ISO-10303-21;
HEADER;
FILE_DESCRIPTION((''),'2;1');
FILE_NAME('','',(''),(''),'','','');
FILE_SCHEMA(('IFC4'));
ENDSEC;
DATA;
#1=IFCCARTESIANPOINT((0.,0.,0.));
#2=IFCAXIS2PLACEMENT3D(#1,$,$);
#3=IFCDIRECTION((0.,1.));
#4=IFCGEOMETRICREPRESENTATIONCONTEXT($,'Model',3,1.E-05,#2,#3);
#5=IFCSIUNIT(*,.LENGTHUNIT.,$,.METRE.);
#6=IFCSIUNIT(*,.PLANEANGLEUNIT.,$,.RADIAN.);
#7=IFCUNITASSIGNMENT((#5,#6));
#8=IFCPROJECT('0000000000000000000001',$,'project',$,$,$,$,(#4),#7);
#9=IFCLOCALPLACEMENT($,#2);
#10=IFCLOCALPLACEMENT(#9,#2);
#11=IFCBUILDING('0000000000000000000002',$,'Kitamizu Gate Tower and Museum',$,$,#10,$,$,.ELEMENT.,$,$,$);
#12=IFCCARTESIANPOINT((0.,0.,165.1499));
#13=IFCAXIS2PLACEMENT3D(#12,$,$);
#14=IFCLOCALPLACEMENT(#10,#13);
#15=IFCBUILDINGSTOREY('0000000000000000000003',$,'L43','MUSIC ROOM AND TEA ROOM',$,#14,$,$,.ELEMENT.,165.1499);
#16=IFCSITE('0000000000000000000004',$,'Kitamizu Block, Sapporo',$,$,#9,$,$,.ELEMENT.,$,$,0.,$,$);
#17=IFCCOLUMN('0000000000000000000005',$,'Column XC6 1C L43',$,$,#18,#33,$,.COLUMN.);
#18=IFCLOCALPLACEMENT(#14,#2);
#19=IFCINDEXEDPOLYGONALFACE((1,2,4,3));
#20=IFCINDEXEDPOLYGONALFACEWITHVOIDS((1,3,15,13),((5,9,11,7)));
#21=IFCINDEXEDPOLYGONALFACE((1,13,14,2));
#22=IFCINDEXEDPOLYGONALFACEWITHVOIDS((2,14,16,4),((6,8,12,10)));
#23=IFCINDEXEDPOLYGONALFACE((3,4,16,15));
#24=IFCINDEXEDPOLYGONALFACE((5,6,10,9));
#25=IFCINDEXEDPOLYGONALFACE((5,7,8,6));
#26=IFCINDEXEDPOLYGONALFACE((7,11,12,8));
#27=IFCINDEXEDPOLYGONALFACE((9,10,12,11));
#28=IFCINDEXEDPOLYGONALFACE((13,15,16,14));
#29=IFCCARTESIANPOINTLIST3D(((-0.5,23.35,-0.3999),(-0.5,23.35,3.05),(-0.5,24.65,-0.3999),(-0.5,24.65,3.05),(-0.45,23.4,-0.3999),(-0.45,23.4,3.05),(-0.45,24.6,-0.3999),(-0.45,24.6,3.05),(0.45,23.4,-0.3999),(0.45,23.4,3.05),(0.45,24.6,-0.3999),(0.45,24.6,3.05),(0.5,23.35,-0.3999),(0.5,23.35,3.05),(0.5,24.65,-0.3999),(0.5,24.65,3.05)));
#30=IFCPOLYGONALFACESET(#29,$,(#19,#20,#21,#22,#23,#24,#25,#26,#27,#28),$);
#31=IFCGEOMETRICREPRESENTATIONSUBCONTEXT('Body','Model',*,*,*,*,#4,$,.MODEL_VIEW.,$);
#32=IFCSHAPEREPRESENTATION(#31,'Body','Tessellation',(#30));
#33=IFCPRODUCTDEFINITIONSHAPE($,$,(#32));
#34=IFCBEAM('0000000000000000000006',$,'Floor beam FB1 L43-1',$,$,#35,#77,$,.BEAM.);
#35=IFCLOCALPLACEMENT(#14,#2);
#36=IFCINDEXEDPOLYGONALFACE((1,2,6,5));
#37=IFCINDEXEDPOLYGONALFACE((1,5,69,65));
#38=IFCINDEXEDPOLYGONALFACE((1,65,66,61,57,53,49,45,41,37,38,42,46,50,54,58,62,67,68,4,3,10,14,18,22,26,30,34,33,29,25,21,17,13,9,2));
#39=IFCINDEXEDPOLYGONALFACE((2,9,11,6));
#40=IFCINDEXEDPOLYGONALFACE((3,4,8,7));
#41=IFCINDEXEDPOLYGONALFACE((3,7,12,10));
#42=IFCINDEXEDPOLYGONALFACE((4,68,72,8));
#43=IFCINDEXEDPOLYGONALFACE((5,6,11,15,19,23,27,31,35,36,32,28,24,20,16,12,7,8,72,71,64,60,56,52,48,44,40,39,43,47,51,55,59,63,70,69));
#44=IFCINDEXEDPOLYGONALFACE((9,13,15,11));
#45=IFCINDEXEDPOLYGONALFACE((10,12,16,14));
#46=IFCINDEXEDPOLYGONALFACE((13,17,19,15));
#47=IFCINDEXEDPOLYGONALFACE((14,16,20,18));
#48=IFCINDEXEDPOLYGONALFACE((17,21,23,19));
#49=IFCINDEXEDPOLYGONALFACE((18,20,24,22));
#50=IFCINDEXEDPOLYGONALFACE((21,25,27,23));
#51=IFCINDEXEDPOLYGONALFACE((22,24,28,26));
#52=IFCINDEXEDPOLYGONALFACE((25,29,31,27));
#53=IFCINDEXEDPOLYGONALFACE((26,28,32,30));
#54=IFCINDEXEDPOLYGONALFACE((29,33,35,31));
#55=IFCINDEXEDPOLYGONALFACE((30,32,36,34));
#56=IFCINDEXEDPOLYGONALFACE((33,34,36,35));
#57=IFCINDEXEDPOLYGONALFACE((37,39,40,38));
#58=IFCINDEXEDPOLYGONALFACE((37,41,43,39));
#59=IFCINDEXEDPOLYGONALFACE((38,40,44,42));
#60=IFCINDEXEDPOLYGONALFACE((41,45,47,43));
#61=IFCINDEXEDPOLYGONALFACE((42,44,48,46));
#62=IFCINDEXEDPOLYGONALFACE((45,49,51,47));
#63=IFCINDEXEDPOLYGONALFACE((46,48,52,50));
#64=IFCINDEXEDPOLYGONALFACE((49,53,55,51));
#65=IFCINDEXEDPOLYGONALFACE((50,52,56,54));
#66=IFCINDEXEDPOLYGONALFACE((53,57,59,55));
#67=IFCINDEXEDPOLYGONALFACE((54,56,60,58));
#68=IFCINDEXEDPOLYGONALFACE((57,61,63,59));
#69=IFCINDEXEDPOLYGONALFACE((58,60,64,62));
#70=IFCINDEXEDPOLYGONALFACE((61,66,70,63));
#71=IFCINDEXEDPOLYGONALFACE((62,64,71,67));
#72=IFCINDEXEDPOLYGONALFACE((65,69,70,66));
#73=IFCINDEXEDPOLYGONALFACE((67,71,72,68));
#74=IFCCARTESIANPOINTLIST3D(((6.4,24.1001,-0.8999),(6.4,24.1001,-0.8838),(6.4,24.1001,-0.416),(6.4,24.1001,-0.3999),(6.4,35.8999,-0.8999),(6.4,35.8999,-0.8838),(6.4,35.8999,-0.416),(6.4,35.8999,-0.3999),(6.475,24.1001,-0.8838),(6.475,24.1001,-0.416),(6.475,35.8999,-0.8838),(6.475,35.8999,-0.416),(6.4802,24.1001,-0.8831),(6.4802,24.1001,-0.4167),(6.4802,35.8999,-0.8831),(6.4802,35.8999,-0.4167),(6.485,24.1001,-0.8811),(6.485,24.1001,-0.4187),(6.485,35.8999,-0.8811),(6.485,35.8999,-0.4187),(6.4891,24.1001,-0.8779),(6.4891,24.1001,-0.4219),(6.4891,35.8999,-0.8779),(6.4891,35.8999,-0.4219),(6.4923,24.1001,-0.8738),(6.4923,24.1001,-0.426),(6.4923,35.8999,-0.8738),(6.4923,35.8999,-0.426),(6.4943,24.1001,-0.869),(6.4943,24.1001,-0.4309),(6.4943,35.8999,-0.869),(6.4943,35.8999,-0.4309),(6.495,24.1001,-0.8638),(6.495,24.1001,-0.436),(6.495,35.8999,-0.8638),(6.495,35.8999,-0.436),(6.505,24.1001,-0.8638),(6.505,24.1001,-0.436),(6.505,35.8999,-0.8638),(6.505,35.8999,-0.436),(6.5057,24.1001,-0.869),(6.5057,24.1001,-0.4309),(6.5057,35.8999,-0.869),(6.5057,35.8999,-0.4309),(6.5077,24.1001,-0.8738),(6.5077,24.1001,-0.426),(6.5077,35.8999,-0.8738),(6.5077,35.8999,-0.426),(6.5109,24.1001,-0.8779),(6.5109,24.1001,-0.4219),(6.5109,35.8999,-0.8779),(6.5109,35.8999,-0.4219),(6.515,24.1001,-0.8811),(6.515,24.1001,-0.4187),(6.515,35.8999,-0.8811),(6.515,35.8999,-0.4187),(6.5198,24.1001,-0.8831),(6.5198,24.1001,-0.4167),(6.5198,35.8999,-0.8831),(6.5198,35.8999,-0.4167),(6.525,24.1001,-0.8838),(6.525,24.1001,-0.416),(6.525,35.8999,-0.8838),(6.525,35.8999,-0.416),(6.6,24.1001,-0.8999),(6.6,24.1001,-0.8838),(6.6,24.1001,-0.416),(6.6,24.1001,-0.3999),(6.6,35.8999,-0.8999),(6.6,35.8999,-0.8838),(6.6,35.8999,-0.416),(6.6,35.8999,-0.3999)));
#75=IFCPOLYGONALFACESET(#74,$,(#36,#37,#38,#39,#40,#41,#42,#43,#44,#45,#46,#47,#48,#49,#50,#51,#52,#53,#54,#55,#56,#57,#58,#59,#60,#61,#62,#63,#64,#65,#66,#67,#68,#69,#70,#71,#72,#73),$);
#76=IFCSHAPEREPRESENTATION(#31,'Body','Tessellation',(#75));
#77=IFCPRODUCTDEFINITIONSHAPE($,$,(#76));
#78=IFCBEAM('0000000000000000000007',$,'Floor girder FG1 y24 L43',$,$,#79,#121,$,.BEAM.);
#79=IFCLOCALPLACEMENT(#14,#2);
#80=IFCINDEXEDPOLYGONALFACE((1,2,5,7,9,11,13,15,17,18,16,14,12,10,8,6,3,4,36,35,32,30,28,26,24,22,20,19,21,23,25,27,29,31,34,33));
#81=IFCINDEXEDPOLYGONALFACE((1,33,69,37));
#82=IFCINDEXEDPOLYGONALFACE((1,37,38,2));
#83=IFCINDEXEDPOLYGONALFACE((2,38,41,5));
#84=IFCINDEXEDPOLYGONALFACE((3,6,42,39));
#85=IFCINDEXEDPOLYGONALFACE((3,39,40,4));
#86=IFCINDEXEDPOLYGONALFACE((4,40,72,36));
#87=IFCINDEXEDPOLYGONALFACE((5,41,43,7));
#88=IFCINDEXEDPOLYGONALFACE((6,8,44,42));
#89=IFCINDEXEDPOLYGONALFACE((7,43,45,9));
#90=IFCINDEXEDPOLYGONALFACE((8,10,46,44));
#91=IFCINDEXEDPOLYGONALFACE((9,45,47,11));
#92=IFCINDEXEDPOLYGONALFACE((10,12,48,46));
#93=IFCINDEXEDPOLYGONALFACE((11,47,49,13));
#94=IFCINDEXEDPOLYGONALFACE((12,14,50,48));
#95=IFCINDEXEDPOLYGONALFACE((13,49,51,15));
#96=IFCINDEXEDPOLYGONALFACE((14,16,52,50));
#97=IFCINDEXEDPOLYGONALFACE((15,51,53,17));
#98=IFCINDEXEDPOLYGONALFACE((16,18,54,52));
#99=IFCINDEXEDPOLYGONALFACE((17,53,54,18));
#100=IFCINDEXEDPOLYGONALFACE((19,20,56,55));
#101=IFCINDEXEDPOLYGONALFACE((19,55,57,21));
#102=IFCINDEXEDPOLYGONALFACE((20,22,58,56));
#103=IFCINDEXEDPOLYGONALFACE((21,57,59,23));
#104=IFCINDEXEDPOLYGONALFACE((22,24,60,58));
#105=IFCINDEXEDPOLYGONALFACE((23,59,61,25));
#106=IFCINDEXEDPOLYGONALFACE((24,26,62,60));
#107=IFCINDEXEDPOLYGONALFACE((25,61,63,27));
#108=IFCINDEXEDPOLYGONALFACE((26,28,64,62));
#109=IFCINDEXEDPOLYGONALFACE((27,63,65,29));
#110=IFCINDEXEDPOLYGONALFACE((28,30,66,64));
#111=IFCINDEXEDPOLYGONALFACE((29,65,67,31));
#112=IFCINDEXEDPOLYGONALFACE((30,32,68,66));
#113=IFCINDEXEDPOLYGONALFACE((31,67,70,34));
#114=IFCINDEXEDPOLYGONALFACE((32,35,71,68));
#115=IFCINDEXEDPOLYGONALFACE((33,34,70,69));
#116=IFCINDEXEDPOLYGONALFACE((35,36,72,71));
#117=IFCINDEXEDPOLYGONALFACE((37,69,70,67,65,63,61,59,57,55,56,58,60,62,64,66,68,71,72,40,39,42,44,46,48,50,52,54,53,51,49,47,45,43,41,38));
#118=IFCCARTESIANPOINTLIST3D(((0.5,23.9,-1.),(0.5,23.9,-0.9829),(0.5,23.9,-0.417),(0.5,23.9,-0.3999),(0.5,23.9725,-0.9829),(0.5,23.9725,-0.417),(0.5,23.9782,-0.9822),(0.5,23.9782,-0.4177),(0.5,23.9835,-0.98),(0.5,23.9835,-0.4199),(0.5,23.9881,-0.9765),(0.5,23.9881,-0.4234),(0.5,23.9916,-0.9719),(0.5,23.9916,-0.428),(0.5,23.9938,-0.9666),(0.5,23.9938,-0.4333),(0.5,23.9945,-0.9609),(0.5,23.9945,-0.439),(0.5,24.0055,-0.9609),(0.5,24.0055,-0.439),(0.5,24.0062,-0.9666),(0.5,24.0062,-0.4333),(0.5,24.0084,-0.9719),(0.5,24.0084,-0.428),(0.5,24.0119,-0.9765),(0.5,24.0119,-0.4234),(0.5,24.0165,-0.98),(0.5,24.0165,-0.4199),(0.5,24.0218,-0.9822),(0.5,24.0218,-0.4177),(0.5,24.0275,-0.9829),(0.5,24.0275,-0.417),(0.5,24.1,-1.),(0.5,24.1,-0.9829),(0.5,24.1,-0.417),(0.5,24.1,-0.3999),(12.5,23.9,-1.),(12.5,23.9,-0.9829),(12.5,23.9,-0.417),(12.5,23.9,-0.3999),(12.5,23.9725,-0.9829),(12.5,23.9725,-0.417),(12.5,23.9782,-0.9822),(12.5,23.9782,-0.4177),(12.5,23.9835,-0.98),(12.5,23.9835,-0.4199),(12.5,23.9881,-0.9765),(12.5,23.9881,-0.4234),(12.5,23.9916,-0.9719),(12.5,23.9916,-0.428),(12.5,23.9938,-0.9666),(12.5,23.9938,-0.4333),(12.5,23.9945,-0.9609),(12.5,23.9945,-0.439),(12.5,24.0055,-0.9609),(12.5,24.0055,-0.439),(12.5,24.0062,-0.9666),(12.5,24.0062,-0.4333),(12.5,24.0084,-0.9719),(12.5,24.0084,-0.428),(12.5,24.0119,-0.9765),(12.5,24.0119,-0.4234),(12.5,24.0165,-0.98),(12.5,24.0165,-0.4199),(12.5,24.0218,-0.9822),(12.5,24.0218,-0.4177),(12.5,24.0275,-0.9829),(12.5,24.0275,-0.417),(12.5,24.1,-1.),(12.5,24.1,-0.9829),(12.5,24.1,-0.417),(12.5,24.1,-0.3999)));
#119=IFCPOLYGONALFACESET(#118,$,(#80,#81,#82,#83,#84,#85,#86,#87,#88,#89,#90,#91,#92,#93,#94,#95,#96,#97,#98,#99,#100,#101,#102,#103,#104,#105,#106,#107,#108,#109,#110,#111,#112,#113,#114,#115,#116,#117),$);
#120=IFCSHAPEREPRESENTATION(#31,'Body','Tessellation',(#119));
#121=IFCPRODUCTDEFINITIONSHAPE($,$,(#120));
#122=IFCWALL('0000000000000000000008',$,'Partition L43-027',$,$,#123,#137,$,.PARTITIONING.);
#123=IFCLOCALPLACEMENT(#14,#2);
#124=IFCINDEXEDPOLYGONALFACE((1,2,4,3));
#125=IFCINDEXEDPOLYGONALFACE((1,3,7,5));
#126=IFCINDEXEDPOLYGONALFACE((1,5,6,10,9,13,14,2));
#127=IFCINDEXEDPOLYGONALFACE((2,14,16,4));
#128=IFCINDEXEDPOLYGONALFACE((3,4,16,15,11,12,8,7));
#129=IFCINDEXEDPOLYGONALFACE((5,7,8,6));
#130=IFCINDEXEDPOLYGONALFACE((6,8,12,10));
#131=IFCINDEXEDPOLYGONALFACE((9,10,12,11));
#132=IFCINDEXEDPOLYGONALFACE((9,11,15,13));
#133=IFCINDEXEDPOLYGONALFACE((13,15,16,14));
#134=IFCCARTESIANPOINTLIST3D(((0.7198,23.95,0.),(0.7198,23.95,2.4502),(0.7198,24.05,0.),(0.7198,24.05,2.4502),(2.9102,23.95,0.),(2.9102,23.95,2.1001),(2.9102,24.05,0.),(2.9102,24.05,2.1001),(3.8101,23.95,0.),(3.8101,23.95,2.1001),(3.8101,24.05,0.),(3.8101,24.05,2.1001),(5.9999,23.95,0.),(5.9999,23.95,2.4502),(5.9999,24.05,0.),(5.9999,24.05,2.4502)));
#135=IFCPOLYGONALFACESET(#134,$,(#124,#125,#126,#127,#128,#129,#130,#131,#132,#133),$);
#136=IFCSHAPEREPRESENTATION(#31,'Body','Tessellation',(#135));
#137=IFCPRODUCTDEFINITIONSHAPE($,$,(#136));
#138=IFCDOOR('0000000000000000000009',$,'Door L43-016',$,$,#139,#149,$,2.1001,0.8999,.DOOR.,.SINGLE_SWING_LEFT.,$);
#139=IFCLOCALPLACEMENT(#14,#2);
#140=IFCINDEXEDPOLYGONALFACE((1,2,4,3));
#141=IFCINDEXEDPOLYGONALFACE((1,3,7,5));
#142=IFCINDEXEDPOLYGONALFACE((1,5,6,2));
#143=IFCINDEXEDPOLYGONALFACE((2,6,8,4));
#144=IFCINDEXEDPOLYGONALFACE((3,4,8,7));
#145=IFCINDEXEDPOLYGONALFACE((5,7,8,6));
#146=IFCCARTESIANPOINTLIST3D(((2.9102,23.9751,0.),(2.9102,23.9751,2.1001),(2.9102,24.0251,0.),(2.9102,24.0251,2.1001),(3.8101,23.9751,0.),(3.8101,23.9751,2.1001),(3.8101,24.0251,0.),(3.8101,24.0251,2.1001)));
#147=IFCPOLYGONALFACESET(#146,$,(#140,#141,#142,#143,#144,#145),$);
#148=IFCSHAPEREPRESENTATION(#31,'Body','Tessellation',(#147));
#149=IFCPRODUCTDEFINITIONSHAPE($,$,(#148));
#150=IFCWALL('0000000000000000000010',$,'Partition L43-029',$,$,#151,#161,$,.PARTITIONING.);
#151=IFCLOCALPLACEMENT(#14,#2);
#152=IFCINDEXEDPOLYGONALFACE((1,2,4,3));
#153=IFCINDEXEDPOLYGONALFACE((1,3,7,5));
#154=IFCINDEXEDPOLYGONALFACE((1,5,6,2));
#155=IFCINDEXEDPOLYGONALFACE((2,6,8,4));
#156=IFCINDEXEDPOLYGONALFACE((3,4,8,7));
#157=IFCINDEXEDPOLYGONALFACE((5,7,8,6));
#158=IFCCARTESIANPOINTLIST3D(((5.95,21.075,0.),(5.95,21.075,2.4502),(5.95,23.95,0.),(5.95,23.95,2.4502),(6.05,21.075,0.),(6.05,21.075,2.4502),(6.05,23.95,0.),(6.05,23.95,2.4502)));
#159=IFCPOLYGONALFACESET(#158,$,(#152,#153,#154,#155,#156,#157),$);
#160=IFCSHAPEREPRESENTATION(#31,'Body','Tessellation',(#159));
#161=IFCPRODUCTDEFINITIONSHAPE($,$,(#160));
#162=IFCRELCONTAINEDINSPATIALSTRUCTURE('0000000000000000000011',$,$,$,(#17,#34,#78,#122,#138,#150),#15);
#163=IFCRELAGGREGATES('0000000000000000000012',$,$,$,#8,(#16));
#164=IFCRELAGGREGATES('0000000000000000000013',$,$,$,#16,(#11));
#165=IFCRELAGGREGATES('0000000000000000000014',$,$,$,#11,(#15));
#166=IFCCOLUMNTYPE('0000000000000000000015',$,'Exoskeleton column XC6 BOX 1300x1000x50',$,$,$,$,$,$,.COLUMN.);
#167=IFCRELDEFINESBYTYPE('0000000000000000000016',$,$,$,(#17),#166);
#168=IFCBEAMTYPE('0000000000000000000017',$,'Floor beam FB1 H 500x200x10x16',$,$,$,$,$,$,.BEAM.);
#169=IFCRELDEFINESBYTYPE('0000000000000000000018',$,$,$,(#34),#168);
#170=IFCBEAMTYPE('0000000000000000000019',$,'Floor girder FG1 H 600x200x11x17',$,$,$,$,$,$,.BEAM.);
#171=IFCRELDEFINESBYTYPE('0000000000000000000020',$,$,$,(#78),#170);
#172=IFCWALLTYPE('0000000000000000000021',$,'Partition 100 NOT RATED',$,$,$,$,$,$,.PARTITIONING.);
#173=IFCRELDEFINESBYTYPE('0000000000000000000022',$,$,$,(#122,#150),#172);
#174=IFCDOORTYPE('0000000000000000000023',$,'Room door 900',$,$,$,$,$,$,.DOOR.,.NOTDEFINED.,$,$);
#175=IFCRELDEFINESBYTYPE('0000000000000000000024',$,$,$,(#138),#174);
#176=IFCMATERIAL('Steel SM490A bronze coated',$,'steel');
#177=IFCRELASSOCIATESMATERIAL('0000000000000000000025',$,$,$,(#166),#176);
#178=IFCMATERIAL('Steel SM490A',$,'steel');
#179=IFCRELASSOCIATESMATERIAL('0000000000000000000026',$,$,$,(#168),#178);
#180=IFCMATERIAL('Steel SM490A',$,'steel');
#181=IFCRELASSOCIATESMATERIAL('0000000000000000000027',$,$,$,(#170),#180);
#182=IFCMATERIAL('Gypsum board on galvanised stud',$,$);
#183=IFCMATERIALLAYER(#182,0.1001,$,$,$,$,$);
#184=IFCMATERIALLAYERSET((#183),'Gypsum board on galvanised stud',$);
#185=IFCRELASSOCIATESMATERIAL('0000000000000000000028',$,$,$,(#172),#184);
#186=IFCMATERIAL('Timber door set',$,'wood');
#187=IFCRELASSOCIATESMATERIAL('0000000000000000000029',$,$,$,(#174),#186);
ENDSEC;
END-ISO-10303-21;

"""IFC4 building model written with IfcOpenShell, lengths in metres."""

from ifc_helpers import new_model, si_unit, direction, frame, frame_2d, origin, origin_2d, place, context, subcontext, project, spatial, rectangle, hollow_rectangle, i_section, extrude, material, layer, layer_set, material_profile, profile_set, type_object, element, fill, save


model = new_model("IFC4")

# Units and contexts
model_context = context("Model", 3, precision=1e-05, world=origin(), true_north=direction((0.0, 1.0)))
body_context = subcontext(model_context, "Body", "Model", "MODEL_VIEW")
ifc_project = project(units=[si_unit("LENGTHUNIT", "METRE"), si_unit("PLANEANGLEUNIT", "RADIAN")], contexts=[model_context])

# Site, building, storey
site_placement = place(None, origin())
site = spatial("IfcSite", under=ifc_project, at=site_placement, Name="Kitamizu Block, Sapporo", CompositionType="ELEMENT", RefElevation=0.0)
building_placement = place(site_placement, origin())
building = spatial("IfcBuilding", under=site, at=building_placement, Name="Kitamizu Gate Tower and Museum", CompositionType="ELEMENT")
storey_placement = place(building_placement, frame((0.0, 0.0, 165.1499)))
storey = spatial("IfcBuildingStorey", under=building, at=storey_placement, Name="L43", Description="MUSIC ROOM AND TEA ROOM", CompositionType="ELEMENT", Elevation=165.1499)

# Column
ifc_material_1 = material(Name="Steel SM490A bronze coated", Category="steel")
ifc_material_profile_1 = material_profile(ifc_material_1, hollow_rectangle(XDim=1.3, YDim=1.0, WallThickness=0.05, at=origin_2d()), Name="BOX 1300x1000x50")
ifc_profile_set_1 = profile_set([ifc_material_profile_1], Name="Steel SM490A bronze coated")
column_type = type_object("IfcColumnType", Name="Exoskeleton column XC6 BOX 1300x1000x50", PredefinedType="COLUMN", material=ifc_profile_set_1)
column_placement = place(storey_placement, frame((0.0, 24.0, -0.3999), z_axis=(0.0, 0.0, 1.0), x_axis=(0.0, 1.0, 0.0)))
element("IfcColumn", 1, at=column_placement, inside=storey, type_object=column_type, Name="Column XC6 1C L43", PredefinedType="COLUMN", context=body_context, shape_type="SweptSolid", body=[
    extrude(hollow_rectangle(XDim=1.3, YDim=1.0, WallThickness=0.05, at=origin_2d()), origin(), (0.0, 0.0, 1.0), 3.45),
])

# Beams
ifc_material_2 = material(Name="Steel SM490A", Category="steel")
ifc_material_profile_2 = material_profile(ifc_material_2, i_section(OverallWidth=0.2, OverallDepth=0.5, WebThickness=0.01, FlangeThickness=0.0161, FilletRadius=0.02, at=origin_2d()), Name="H-500x200x10x16")
ifc_profile_set_2 = profile_set([ifc_material_profile_2], Name="Steel SM490A")
beam_type_1 = type_object("IfcBeamType", Name="Floor beam FB1 H 500x200x10x16", PredefinedType="BEAM", material=ifc_profile_set_2)
beam_1_placement = place(storey_placement, frame((6.5, 24.1001, -0.6499), z_axis=(0.0, 1.0, 0.0), x_axis=(-1.0, 0.0, 0.0)))
element("IfcBeam", 2, at=beam_1_placement, inside=storey, type_object=beam_type_1, Name="Floor beam FB1 L43-1", PredefinedType="BEAM", context=body_context, shape_type="SweptSolid", body=[
    extrude(i_section(OverallWidth=0.2, OverallDepth=0.5, WebThickness=0.01, FlangeThickness=0.0161, FilletRadius=0.02, at=origin_2d()), origin(), (0.0, 0.0, 1.0), 11.7998),
])
ifc_material_3 = material(Name="Steel SM490A", Category="steel")
ifc_material_profile_3 = material_profile(ifc_material_3, i_section(OverallWidth=0.2, OverallDepth=0.6001, WebThickness=0.011, FlangeThickness=0.0171, FilletRadius=0.022, at=origin_2d()), Name="H-600x200x11x17")
ifc_profile_set_3 = profile_set([ifc_material_profile_3], Name="Steel SM490A")
beam_type_2 = type_object("IfcBeamType", Name="Floor girder FG1 H 600x200x11x17", PredefinedType="BEAM", material=ifc_profile_set_3)
beam_2_placement = place(storey_placement, frame((0.5, 24.0, -0.7), z_axis=(1.0, 0.0, 0.0), x_axis=(0.0, 1.0, 0.0)))
element("IfcBeam", 3, at=beam_2_placement, inside=storey, type_object=beam_type_2, Name="Floor girder FG1 y24 L43", PredefinedType="BEAM", context=body_context, shape_type="SweptSolid", body=[
    extrude(i_section(OverallWidth=0.2, OverallDepth=0.6001, WebThickness=0.011, FlangeThickness=0.0171, FilletRadius=0.022, at=origin_2d()), origin(), (0.0, 0.0, 1.0), 12.0),
])

# Wall, opening, door
ifc_material_4 = material(Name="Gypsum board on galvanised stud")
ifc_layer_1 = layer(ifc_material_4, 0.1001)
ifc_layer_set_1 = layer_set([ifc_layer_1], Name="Gypsum board on galvanised stud")
wall_type_1 = type_object("IfcWallType", Name="Partition 100 NOT RATED", PredefinedType="PARTITIONING", material=ifc_layer_set_1)
wall_1_placement = place(storey_placement, frame((6.0, 24.0, 0.0), z_axis=(0.0, 0.0, 1.0), x_axis=(-1.0, 0.0, 0.0)))
wall_1 = element("IfcWall", 4, at=wall_1_placement, inside=storey, type_object=wall_type_1, Name="Partition L43-027", PredefinedType="PARTITIONING", context=body_context, shape_type="SweptSolid", body=[
    extrude(rectangle(XDim=5.28, YDim=0.1001, at=frame_2d((2.6401, 0.0))), origin(), (0.0, 0.0, 1.0), 2.4502),
])
opening_1_placement = place(wall_1_placement, frame((2.1899, 0.0, 0.0)))
opening_1 = element("IfcOpeningElement", 5, at=opening_1_placement, cuts=wall_1, PredefinedType="OPENING", context=body_context, shape_type="SweptSolid", body=[
    extrude(rectangle(XDim=0.8999, YDim=2.1001, at=frame_2d((0.45, 1.05))), frame((0.0, 0.0601, 0.0), z_axis=(0.0, -1.0, 0.0), x_axis=(1.0, 0.0, 0.0)), (0.0, 0.0, 1.0), 0.1201),
])
ifc_material_5 = material(Name="Timber door set", Category="wood")
door_type_1 = type_object("IfcDoorType", Name="Room door 900", OperationType="NOTDEFINED", PredefinedType="DOOR", material=ifc_material_5)
door_1_placement = place(opening_1_placement, origin())
door_1 = element("IfcDoor", 6, at=door_1_placement, inside=storey, type_object=door_type_1, Name="Door L43-016", OperationType="SINGLE_SWING_LEFT", OverallHeight=2.1001, OverallWidth=0.8999, PredefinedType="DOOR", context=body_context, shape_type="SweptSolid", body=[
    extrude(rectangle(XDim=0.8999, YDim=2.1001, at=frame_2d((0.45, 1.05))), frame((0.0, 0.0249, 0.0), z_axis=(0.0, -1.0, 0.0), x_axis=(1.0, 0.0, 0.0)), (0.0, 0.0, 1.0), 0.05),
])
fill(opening_1, door_1)

# Wall
wall_2_placement = place(storey_placement, frame((6.0, 21.075, 0.0), z_axis=(0.0, 0.0, 1.0), x_axis=(0.0, 1.0, 0.0)))
element("IfcWall", 7, at=wall_2_placement, inside=storey, type_object=wall_type_1, Name="Partition L43-029", PredefinedType="PARTITIONING", context=body_context, shape_type="SweptSolid", body=[
    extrude(rectangle(XDim=2.875, YDim=0.1001, at=frame_2d((1.4375, 0.0))), origin(), (0.0, 0.0, 1.0), 2.4502),
])

save(model, "model.ifc")
